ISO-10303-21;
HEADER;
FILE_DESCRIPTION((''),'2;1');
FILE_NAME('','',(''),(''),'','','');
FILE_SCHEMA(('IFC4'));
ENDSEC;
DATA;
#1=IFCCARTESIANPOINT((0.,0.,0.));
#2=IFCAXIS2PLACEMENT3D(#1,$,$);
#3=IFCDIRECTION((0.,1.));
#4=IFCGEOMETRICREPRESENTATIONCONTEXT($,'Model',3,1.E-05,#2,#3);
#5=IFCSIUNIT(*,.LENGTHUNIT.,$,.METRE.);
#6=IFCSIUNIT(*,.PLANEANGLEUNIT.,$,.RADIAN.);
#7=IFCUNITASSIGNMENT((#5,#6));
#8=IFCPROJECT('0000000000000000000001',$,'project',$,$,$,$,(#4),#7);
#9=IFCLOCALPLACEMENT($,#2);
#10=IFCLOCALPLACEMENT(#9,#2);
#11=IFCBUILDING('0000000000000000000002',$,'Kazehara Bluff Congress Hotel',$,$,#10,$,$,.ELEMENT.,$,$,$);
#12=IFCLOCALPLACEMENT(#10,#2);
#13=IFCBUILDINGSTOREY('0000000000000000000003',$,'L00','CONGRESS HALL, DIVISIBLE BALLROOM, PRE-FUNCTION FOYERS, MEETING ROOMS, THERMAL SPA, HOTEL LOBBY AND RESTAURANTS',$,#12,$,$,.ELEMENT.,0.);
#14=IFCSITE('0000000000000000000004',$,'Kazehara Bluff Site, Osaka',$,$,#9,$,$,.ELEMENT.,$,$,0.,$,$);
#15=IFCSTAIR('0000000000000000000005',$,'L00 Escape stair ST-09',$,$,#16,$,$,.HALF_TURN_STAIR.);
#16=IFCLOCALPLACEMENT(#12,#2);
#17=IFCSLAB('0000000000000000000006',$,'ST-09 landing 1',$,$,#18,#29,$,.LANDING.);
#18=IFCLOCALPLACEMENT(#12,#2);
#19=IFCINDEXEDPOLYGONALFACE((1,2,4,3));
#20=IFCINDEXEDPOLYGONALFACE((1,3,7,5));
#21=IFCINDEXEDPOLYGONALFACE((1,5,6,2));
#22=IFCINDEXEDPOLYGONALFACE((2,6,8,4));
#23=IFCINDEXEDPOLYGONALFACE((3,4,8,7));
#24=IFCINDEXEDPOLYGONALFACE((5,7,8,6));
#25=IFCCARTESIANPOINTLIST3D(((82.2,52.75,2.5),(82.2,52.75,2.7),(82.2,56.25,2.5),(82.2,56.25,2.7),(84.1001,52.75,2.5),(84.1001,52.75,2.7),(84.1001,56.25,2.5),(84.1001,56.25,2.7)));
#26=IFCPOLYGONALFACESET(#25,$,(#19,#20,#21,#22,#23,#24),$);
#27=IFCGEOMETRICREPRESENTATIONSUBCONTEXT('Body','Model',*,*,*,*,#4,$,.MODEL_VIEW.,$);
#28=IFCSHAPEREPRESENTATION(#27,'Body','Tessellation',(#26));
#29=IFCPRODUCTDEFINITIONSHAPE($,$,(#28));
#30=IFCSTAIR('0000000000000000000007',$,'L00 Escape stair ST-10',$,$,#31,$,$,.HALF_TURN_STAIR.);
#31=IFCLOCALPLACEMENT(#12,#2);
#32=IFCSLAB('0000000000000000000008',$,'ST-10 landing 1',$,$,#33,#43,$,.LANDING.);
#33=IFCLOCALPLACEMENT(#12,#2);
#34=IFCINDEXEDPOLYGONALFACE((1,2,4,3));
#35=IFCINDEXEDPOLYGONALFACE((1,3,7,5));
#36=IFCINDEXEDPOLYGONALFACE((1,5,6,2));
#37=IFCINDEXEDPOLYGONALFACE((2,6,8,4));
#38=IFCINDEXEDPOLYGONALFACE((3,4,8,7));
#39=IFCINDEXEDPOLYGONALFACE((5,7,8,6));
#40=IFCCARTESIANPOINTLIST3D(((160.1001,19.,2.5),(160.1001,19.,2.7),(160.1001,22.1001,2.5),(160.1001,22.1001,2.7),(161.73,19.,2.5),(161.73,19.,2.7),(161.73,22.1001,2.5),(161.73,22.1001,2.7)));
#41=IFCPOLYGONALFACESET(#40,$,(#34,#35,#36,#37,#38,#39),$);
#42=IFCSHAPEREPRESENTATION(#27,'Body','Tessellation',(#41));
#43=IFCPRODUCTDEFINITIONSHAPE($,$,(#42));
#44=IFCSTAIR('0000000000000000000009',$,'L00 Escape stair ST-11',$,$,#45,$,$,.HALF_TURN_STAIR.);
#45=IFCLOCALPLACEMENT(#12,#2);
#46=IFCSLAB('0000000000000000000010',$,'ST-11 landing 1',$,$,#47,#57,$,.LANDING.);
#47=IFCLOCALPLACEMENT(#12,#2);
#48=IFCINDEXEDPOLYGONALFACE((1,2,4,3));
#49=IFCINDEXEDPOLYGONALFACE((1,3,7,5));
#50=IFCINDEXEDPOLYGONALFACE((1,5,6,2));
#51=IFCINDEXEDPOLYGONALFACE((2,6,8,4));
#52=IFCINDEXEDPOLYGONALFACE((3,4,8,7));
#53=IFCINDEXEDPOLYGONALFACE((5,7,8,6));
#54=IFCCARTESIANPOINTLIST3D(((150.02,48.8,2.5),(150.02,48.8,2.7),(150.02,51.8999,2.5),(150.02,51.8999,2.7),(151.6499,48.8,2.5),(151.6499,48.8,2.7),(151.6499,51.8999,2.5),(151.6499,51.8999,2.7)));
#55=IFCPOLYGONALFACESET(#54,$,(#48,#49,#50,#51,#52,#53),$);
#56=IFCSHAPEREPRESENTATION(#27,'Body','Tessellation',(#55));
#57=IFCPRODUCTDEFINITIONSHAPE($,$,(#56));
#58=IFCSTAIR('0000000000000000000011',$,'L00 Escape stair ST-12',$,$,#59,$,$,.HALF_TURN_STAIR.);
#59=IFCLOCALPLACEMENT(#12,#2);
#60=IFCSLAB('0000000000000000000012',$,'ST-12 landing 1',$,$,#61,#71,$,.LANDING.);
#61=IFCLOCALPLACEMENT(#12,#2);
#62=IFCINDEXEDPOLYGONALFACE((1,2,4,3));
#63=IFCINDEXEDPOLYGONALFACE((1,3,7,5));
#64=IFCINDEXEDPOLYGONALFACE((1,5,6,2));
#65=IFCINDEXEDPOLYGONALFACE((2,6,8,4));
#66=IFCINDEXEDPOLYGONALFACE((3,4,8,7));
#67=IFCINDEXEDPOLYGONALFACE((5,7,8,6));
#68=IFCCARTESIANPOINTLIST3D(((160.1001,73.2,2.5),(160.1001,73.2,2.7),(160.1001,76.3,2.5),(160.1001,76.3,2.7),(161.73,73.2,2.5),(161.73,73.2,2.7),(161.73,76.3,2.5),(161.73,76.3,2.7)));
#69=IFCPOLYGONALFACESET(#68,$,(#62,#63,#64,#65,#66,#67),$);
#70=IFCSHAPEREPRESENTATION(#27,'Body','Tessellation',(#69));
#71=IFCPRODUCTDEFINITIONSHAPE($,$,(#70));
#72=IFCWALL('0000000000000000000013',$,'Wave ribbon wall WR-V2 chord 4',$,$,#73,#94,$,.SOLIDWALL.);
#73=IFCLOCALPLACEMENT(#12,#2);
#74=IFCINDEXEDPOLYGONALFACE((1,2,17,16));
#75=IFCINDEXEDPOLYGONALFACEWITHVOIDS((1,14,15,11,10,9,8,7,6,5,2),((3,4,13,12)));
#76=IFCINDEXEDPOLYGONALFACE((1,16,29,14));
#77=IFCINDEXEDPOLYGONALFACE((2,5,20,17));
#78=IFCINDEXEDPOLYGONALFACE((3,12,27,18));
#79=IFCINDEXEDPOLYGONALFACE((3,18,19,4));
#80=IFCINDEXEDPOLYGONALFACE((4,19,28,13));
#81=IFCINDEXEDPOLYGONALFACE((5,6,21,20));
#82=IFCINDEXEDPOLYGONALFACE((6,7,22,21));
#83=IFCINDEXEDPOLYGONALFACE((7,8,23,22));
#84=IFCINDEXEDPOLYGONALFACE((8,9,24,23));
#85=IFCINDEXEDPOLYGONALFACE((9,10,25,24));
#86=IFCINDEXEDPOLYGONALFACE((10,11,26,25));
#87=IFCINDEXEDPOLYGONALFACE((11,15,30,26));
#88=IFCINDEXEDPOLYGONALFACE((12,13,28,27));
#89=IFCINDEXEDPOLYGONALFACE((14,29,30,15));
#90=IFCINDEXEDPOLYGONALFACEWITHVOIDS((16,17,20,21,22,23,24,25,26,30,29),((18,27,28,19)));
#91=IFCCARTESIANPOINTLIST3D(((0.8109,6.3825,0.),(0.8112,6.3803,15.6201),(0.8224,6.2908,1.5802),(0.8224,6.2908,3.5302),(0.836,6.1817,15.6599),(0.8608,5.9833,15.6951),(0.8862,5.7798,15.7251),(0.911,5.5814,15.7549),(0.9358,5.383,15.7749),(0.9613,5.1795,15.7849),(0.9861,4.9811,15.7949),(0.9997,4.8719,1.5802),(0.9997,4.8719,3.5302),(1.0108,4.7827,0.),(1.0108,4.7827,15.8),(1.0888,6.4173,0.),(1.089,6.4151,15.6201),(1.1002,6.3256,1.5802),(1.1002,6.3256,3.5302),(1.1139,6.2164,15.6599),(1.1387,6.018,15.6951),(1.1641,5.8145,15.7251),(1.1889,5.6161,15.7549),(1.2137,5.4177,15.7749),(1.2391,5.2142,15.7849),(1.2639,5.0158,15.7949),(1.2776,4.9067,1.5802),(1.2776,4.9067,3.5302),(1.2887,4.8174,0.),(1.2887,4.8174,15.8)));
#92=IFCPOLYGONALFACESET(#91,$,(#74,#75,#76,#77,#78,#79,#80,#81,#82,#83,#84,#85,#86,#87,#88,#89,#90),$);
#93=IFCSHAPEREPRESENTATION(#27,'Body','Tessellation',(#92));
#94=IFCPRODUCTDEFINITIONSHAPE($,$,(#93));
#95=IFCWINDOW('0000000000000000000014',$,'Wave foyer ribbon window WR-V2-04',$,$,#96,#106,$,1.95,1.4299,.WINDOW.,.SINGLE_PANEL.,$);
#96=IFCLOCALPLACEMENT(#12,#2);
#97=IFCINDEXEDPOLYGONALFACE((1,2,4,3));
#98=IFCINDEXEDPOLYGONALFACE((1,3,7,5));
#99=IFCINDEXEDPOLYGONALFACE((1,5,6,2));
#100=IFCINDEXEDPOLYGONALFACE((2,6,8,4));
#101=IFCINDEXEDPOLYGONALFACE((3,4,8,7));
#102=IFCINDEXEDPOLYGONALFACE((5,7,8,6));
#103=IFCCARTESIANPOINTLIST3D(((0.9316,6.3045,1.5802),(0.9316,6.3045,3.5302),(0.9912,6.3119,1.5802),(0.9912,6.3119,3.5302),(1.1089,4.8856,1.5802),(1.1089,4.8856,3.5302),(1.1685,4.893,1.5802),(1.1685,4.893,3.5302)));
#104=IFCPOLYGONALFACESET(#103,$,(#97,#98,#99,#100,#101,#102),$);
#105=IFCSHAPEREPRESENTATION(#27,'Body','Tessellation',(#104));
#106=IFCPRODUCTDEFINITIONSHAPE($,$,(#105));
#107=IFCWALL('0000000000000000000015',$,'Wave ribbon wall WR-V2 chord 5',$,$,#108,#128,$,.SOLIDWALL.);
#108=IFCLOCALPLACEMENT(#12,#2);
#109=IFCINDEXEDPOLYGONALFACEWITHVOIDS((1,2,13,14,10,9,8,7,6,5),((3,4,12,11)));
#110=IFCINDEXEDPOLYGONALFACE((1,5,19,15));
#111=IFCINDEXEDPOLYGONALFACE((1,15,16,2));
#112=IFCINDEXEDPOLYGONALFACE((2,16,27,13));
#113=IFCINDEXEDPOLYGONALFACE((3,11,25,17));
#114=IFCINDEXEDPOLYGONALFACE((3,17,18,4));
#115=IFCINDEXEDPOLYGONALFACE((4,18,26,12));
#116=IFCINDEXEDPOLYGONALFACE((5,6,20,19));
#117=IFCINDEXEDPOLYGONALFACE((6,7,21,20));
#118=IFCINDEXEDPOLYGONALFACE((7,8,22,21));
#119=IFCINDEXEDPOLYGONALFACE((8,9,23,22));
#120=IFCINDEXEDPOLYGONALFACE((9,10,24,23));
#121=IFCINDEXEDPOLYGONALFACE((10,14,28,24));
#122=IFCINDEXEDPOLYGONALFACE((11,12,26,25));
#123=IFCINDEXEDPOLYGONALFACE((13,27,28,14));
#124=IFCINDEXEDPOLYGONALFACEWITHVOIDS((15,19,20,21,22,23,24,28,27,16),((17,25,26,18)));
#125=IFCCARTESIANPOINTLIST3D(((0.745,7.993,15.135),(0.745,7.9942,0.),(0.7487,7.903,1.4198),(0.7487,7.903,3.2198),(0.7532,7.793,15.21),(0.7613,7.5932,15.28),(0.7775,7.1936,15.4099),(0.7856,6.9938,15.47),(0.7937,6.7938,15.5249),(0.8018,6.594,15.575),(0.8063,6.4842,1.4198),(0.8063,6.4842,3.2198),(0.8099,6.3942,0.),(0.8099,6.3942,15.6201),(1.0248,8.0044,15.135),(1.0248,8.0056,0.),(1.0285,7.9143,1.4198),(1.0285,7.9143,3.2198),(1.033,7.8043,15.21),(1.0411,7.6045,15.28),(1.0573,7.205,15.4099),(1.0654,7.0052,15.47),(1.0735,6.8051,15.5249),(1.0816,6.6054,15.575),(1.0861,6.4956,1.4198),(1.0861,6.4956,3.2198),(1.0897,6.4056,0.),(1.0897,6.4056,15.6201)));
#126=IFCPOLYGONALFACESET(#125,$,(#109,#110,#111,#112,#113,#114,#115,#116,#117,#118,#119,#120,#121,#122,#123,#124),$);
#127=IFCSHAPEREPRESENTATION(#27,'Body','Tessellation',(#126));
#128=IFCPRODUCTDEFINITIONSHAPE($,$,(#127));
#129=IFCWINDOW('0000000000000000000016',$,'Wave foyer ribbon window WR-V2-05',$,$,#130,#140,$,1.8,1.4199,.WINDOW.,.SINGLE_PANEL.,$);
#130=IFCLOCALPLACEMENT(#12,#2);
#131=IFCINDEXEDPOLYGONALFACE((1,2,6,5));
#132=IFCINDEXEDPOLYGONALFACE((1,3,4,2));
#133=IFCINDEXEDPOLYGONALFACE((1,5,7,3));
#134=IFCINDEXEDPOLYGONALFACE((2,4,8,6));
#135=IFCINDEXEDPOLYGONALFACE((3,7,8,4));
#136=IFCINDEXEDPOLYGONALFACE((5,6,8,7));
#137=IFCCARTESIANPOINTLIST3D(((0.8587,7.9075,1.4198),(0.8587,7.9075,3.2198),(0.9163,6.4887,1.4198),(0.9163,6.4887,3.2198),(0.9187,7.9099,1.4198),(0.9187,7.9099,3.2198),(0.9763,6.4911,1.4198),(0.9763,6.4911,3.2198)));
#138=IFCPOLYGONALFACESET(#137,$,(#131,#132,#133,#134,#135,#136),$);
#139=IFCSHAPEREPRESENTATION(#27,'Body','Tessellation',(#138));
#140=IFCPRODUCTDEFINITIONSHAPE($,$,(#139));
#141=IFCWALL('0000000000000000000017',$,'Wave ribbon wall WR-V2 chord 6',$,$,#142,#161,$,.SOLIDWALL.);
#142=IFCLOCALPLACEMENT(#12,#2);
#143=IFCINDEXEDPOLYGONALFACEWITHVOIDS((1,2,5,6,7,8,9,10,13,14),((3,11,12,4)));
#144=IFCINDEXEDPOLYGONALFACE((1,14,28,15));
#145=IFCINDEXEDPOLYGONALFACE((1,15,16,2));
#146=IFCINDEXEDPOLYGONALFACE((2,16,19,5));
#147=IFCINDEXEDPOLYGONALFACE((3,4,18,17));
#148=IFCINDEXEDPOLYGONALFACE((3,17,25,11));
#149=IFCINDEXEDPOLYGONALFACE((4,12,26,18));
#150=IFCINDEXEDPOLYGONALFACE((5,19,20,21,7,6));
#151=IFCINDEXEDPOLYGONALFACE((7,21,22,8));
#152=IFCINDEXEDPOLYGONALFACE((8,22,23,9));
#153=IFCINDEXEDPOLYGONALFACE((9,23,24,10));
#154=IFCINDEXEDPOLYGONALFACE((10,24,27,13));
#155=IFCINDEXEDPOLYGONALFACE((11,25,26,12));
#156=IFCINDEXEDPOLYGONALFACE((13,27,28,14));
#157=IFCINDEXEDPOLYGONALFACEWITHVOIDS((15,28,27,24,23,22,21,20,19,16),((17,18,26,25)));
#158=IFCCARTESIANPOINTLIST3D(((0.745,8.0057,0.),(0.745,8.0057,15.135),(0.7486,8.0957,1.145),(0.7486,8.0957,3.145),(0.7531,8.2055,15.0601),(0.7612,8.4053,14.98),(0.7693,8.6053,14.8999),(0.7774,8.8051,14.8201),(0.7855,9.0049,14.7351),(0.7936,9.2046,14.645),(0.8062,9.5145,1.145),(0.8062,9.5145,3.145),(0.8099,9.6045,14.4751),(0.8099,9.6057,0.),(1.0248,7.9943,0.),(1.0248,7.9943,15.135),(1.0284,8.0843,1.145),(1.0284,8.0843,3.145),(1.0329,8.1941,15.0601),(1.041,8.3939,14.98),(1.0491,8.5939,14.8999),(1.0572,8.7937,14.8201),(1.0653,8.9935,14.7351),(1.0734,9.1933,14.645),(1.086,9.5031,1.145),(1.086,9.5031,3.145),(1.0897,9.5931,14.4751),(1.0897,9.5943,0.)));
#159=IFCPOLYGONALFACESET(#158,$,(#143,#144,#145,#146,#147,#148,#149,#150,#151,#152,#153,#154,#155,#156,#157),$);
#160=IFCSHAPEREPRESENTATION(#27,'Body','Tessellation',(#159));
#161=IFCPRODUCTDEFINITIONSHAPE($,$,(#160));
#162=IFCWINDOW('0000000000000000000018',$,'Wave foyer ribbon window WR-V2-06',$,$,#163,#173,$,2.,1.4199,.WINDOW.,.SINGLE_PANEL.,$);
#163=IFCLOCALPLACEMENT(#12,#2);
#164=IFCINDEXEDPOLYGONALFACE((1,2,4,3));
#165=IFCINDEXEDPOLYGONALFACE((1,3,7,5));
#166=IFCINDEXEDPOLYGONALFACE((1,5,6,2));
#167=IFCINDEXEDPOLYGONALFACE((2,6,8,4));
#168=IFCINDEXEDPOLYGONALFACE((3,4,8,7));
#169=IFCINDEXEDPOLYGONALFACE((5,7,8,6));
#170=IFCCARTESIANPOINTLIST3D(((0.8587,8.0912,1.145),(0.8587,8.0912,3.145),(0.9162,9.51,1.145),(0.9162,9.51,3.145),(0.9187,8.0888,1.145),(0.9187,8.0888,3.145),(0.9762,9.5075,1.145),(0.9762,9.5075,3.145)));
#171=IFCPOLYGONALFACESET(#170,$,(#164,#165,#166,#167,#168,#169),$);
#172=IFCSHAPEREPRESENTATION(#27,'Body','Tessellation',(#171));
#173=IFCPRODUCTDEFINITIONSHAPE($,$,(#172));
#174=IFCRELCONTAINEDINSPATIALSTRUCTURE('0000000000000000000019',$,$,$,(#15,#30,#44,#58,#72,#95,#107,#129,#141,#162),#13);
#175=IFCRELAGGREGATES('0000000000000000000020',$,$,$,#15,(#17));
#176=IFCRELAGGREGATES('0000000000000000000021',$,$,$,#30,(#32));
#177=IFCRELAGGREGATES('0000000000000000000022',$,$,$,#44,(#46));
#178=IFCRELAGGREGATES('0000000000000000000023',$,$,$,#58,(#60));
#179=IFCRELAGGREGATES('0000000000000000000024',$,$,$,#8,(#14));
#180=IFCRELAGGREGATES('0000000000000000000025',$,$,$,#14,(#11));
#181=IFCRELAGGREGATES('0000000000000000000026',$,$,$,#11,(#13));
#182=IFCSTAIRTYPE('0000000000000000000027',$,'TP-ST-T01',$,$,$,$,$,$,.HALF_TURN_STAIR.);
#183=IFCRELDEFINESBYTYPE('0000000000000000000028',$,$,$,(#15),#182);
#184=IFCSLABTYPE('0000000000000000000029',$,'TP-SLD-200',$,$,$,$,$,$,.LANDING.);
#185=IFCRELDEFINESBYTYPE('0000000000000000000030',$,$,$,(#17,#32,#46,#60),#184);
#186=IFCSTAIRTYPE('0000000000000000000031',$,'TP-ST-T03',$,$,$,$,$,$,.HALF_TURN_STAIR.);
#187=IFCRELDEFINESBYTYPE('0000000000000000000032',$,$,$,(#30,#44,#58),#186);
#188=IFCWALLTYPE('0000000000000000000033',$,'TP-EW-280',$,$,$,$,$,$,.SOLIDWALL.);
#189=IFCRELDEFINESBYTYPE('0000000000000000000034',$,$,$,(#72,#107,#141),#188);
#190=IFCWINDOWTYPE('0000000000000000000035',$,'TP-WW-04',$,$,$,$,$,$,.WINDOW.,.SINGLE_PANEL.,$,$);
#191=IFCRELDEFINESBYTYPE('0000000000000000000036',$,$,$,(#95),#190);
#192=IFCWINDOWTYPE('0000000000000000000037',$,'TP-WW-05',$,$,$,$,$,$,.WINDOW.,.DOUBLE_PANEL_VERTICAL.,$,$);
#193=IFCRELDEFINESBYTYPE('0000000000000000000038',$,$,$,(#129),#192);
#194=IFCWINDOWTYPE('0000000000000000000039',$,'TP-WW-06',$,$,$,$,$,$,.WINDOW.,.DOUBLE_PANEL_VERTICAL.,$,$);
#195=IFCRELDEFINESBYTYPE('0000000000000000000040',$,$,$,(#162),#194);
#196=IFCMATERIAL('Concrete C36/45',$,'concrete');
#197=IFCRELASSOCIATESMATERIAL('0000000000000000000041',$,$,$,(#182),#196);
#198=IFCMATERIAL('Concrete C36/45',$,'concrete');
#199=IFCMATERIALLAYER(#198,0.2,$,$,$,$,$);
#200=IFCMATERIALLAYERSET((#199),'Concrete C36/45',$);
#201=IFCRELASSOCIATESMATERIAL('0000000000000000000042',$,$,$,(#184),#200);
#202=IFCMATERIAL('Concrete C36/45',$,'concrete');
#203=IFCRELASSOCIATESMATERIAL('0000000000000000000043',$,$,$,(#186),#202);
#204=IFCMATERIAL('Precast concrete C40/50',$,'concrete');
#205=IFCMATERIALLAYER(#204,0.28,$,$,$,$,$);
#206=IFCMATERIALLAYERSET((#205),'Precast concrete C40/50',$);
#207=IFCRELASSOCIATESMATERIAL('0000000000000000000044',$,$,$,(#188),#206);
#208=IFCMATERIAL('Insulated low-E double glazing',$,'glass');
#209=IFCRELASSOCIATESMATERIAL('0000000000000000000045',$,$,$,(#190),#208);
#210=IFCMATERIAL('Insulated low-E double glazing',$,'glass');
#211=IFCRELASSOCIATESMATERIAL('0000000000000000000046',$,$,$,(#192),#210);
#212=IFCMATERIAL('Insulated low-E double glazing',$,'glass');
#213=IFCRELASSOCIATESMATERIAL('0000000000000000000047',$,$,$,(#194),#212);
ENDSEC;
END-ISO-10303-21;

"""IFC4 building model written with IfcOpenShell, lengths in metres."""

from ifc_helpers import new_model, si_unit, direction, frame, frame_2d, origin, place, context, subcontext, project, spatial, polyline, rectangle, outline, extrude, material, layer, layer_set, type_object, element, fill, aggregate, save


model = new_model("IFC4")

# Units and contexts
model_context = context("Model", 3, precision=1e-05, world=origin(), true_north=direction((0.0, 1.0)))
body_context = subcontext(model_context, "Body", "Model", "MODEL_VIEW")
ifc_project = project(units=[si_unit("LENGTHUNIT", "METRE"), si_unit("PLANEANGLEUNIT", "RADIAN")], contexts=[model_context])

# Site, building, storey
site_placement = place(None, origin())
site = spatial("IfcSite", under=ifc_project, at=site_placement, Name="Kazehara Bluff Site, Osaka", CompositionType="ELEMENT", RefElevation=0.0)
building_placement = place(site_placement, origin())
building = spatial("IfcBuilding", under=site, at=building_placement, Name="Kazehara Bluff Congress Hotel", CompositionType="ELEMENT")
storey_placement = place(building_placement, origin())
storey = spatial("IfcBuildingStorey", under=building, at=storey_placement, Name="L00", Description="CONGRESS HALL, DIVISIBLE BALLROOM, PRE-FUNCTION FOYERS, MEETING ROOMS, THERMAL SPA, HOTEL LOBBY AND RESTAURANTS", CompositionType="ELEMENT", Elevation=0.0)

# Stairs, slabs
ifc_material_1 = material(Name="Concrete C36/45", Category="concrete")
stair_type_1 = type_object("IfcStairType", Name="TP-ST-T01", PredefinedType="HALF_TURN_STAIR", material=ifc_material_1)
ifc_material_2 = material(Name="Concrete C36/45", Category="concrete")
ifc_layer_1 = layer(ifc_material_2, 0.2)
ifc_layer_set_1 = layer_set([ifc_layer_1], Name="Concrete C36/45")
slab_type_1 = type_object("IfcSlabType", Name="TP-SLD-200", PredefinedType="LANDING", material=ifc_layer_set_1)
ifc_material_3 = material(Name="Concrete C36/45", Category="concrete")
stair_type_2 = type_object("IfcStairType", Name="TP-ST-T03", PredefinedType="HALF_TURN_STAIR", material=ifc_material_3)
stair_1_placement = place(storey_placement, origin())
stair_1 = element("IfcStair", 1, at=stair_1_placement, inside=storey, type_object=stair_type_1, Name="L00 Escape stair ST-09", PredefinedType="HALF_TURN_STAIR")
slab_1_placement = place(storey_placement, frame((0.0, 0.0, 2.5)))
slab_1 = element("IfcSlab", 2, at=slab_1_placement, type_object=slab_type_1, Name="ST-09 landing 1", PredefinedType="LANDING", context=body_context, shape_type="SweptSolid", body=[
    extrude(outline(polyline([(82.2, 52.75), (84.1001, 52.75), (84.1001, 56.25), (82.2, 56.25), (82.2, 52.75)])), origin(), (0.0, 0.0, 1.0), 0.2),
])
aggregate(stair_1, [slab_1])
stair_2_placement = place(storey_placement, origin())
stair_2 = element("IfcStair", 3, at=stair_2_placement, inside=storey, type_object=stair_type_2, Name="L00 Escape stair ST-10", PredefinedType="HALF_TURN_STAIR")
slab_2_placement = place(storey_placement, frame((0.0, 0.0, 2.5)))
slab_2 = element("IfcSlab", 4, at=slab_2_placement, type_object=slab_type_1, Name="ST-10 landing 1", PredefinedType="LANDING", context=body_context, shape_type="SweptSolid", body=[
    extrude(outline(polyline([(161.73, 22.1001), (160.1001, 22.1001), (160.1001, 19.0), (161.73, 19.0), (161.73, 22.1001)])), origin(), (0.0, 0.0, 1.0), 0.2),
])
aggregate(stair_2, [slab_2])
stair_3_placement = place(storey_placement, origin())
stair_3 = element("IfcStair", 5, at=stair_3_placement, inside=storey, type_object=stair_type_2, Name="L00 Escape stair ST-11", PredefinedType="HALF_TURN_STAIR")
slab_3_placement = place(storey_placement, frame((0.0, 0.0, 2.5)))
slab_3 = element("IfcSlab", 6, at=slab_3_placement, type_object=slab_type_1, Name="ST-11 landing 1", PredefinedType="LANDING", context=body_context, shape_type="SweptSolid", body=[
    extrude(outline(polyline([(150.02, 48.8), (151.6499, 48.8), (151.6499, 51.8999), (150.02, 51.8999), (150.02, 48.8)])), origin(), (0.0, 0.0, 1.0), 0.2),
])
aggregate(stair_3, [slab_3])
stair_4_placement = place(storey_placement, origin())
stair_4 = element("IfcStair", 7, at=stair_4_placement, inside=storey, type_object=stair_type_2, Name="L00 Escape stair ST-12", PredefinedType="HALF_TURN_STAIR")
slab_4_placement = place(storey_placement, frame((0.0, 0.0, 2.5)))
slab_4 = element("IfcSlab", 8, at=slab_4_placement, type_object=slab_type_1, Name="ST-12 landing 1", PredefinedType="LANDING", context=body_context, shape_type="SweptSolid", body=[
    extrude(outline(polyline([(161.73, 76.3), (160.1001, 76.3), (160.1001, 73.2), (161.73, 73.2), (161.73, 76.3)])), origin(), (0.0, 0.0, 1.0), 0.2),
])
aggregate(stair_4, [slab_4])

# Walls, openings, windows
ifc_material_4 = material(Name="Precast concrete C40/50", Category="concrete")
ifc_layer_2 = layer(ifc_material_4, 0.28)
ifc_layer_set_2 = layer_set([ifc_layer_2], Name="Precast concrete C40/50")
wall_type = type_object("IfcWallType", Name="TP-EW-280", PredefinedType="SOLIDWALL", material=ifc_layer_set_2)
wall_1_placement = place(storey_placement, frame((1.1499, 4.8, 0.0), z_axis=(0.0, 0.0, 1.0), x_axis=(-0.124016, 0.99228, 0.0)))
wall_1 = element("IfcWall", 9, at=wall_1_placement, inside=storey, type_object=wall_type, Name="Wave ribbon wall WR-V2 chord 4", PredefinedType="SOLIDWALL", context=body_context, shape_type="SweptSolid", body=[
    extrude(outline(polyline([(0.0, 0.0), (1.6123, 0.0), (1.6101, 15.6201), (1.4099, 15.6599), (1.21, 15.6951), (1.0049, 15.7251), (0.8049, 15.7549), (0.605, 15.7749), (0.3999, 15.7849), (0.2, 15.7949), (0.0, 15.8), (0.0, 0.0)])), frame((0.0, 0.1401, 0.0), z_axis=(0.0, -1.0, 0.0), x_axis=(1.0, 0.0, 0.0)), (0.0, 0.0, 1.0), 0.28),
])
opening_1_placement = place(wall_1_placement, frame((0.0901, 0.0, 1.5801)))
opening_1 = element("IfcOpeningElement", 10, at=opening_1_placement, cuts=wall_1, PredefinedType="OPENING", context=body_context, shape_type="SweptSolid", body=[
    extrude(rectangle(XDim=1.4299, YDim=1.95, at=frame_2d((0.7148, 0.9751))), frame((0.0, 0.1499, 0.0), z_axis=(0.0, -1.0, 0.0), x_axis=(1.0, 0.0, 0.0)), (0.0, 0.0, 1.0), 0.3),
])
ifc_material_5 = material(Name="Insulated low-E double glazing", Category="glass")
window_type_1 = type_object("IfcWindowType", Name="TP-WW-04", PartitioningType="SINGLE_PANEL", PredefinedType="WINDOW", material=ifc_material_5)
window_1_placement = place(opening_1_placement, origin())
window_1 = element("IfcWindow", 11, at=window_1_placement, inside=storey, type_object=window_type_1, Name="Wave foyer ribbon window WR-V2-04", OverallHeight=1.95, OverallWidth=1.4299, PartitioningType="SINGLE_PANEL", PredefinedType="WINDOW", context=body_context, shape_type="SweptSolid", body=[
    extrude(rectangle(XDim=1.4299, YDim=1.95, at=frame_2d((0.7148, 0.9751))), frame((0.0, 0.03, 0.0), z_axis=(0.0, -1.0, 0.0), x_axis=(1.0, 0.0, 0.0)), (0.0, 0.0, 1.0), 0.0601),
])
fill(opening_1, window_1)
wall_2_placement = place(storey_placement, frame((0.95, 6.3999, 0.0), z_axis=(0.0, 0.0, 1.0), x_axis=(-0.040553, 0.999177, 0.0)))
wall_2 = element("IfcWall", 12, at=wall_2_placement, inside=storey, type_object=wall_type, Name="Wave ribbon wall WR-V2 chord 5", PredefinedType="SOLIDWALL", context=body_context, shape_type="SweptSolid", body=[
    extrude(outline(polyline([(0.0, 0.0), (1.6013, 0.0), (1.6001, 15.135), (1.3999, 15.21), (1.2, 15.28), (1.0, 15.345), (0.8, 15.4099), (0.6001, 15.47), (0.3999, 15.5249), (0.2, 15.575), (0.0, 15.6201), (0.0, 0.0)])), frame((0.0, 0.1401, 0.0), z_axis=(0.0, -1.0, 0.0), x_axis=(1.0, 0.0, 0.0)), (0.0, 0.0, 1.0), 0.28),
])
opening_2_placement = place(wall_2_placement, frame((0.0901, 0.0, 1.4199)))
opening_2 = element("IfcOpeningElement", 13, at=opening_2_placement, cuts=wall_2, PredefinedType="OPENING", context=body_context, shape_type="SweptSolid", body=[
    extrude(rectangle(XDim=1.4199, YDim=1.8, at=frame_2d((0.71, 0.8999))), frame((0.0, 0.1499, 0.0), z_axis=(0.0, -1.0, 0.0), x_axis=(1.0, 0.0, 0.0)), (0.0, 0.0, 1.0), 0.3),
])
ifc_material_6 = material(Name="Insulated low-E double glazing", Category="glass")
window_type_2 = type_object("IfcWindowType", Name="TP-WW-05", PartitioningType="DOUBLE_PANEL_VERTICAL", PredefinedType="WINDOW", material=ifc_material_6)
window_2_placement = place(opening_2_placement, origin())
window_2 = element("IfcWindow", 14, at=window_2_placement, inside=storey, type_object=window_type_2, Name="Wave foyer ribbon window WR-V2-05", OverallHeight=1.8, OverallWidth=1.4199, PartitioningType="SINGLE_PANEL", PredefinedType="WINDOW", context=body_context, shape_type="SweptSolid", body=[
    extrude(rectangle(XDim=1.4199, YDim=1.8, at=frame_2d((0.71, 0.8999))), frame((0.0, 0.03, 0.0), z_axis=(0.0, -1.0, 0.0), x_axis=(1.0, 0.0, 0.0)), (0.0, 0.0, 1.0), 0.0601),
])
fill(opening_2, window_2)
wall_3_placement = place(storey_placement, frame((0.885, 8.0, 0.0), z_axis=(0.0, 0.0, 1.0), x_axis=(0.040553, 0.999177, 0.0)))
wall_3 = element("IfcWall", 15, at=wall_3_placement, inside=storey, type_object=wall_type, Name="Wave ribbon wall WR-V2 chord 6", PredefinedType="SOLIDWALL", context=body_context, shape_type="SweptSolid", body=[
    extrude(outline(polyline([(0.0, 0.0), (1.6013, 0.0), (1.6001, 14.4751), (1.3999, 14.5601), (1.2, 14.645), (1.0, 14.7351), (0.8, 14.8201), (0.6001, 14.8999), (0.3999, 14.98), (0.2, 15.0601), (0.0, 15.135), (0.0, 0.0)])), frame((0.0, 0.1401, 0.0), z_axis=(0.0, -1.0, 0.0), x_axis=(1.0, 0.0, 0.0)), (0.0, 0.0, 1.0), 0.28),
])
opening_3_placement = place(wall_3_placement, frame((0.0901, 0.0, 1.145)))
opening_3 = element("IfcOpeningElement", 16, at=opening_3_placement, cuts=wall_3, PredefinedType="OPENING", context=body_context, shape_type="SweptSolid", body=[
    extrude(rectangle(XDim=1.4199, YDim=2.0, at=frame_2d((0.71, 1.0))), frame((0.0, 0.1499, 0.0), z_axis=(0.0, -1.0, 0.0), x_axis=(1.0, 0.0, 0.0)), (0.0, 0.0, 1.0), 0.3),
])
ifc_material_7 = material(Name="Insulated low-E double glazing", Category="glass")
window_type_3 = type_object("IfcWindowType", Name="TP-WW-06", PartitioningType="DOUBLE_PANEL_VERTICAL", PredefinedType="WINDOW", material=ifc_material_7)
window_3_placement = place(opening_3_placement, origin())
window_3 = element("IfcWindow", 17, at=window_3_placement, inside=storey, type_object=window_type_3, Name="Wave foyer ribbon window WR-V2-06", OverallHeight=2.0, OverallWidth=1.4199, PartitioningType="SINGLE_PANEL", PredefinedType="WINDOW", context=body_context, shape_type="SweptSolid", body=[
    extrude(rectangle(XDim=1.4199, YDim=2.0, at=frame_2d((0.71, 1.0))), frame((0.0, 0.03, 0.0), z_axis=(0.0, -1.0, 0.0), x_axis=(1.0, 0.0, 0.0)), (0.0, 0.0, 1.0), 0.0601),
])
fill(opening_3, window_3)

save(model, "model.ifc")
